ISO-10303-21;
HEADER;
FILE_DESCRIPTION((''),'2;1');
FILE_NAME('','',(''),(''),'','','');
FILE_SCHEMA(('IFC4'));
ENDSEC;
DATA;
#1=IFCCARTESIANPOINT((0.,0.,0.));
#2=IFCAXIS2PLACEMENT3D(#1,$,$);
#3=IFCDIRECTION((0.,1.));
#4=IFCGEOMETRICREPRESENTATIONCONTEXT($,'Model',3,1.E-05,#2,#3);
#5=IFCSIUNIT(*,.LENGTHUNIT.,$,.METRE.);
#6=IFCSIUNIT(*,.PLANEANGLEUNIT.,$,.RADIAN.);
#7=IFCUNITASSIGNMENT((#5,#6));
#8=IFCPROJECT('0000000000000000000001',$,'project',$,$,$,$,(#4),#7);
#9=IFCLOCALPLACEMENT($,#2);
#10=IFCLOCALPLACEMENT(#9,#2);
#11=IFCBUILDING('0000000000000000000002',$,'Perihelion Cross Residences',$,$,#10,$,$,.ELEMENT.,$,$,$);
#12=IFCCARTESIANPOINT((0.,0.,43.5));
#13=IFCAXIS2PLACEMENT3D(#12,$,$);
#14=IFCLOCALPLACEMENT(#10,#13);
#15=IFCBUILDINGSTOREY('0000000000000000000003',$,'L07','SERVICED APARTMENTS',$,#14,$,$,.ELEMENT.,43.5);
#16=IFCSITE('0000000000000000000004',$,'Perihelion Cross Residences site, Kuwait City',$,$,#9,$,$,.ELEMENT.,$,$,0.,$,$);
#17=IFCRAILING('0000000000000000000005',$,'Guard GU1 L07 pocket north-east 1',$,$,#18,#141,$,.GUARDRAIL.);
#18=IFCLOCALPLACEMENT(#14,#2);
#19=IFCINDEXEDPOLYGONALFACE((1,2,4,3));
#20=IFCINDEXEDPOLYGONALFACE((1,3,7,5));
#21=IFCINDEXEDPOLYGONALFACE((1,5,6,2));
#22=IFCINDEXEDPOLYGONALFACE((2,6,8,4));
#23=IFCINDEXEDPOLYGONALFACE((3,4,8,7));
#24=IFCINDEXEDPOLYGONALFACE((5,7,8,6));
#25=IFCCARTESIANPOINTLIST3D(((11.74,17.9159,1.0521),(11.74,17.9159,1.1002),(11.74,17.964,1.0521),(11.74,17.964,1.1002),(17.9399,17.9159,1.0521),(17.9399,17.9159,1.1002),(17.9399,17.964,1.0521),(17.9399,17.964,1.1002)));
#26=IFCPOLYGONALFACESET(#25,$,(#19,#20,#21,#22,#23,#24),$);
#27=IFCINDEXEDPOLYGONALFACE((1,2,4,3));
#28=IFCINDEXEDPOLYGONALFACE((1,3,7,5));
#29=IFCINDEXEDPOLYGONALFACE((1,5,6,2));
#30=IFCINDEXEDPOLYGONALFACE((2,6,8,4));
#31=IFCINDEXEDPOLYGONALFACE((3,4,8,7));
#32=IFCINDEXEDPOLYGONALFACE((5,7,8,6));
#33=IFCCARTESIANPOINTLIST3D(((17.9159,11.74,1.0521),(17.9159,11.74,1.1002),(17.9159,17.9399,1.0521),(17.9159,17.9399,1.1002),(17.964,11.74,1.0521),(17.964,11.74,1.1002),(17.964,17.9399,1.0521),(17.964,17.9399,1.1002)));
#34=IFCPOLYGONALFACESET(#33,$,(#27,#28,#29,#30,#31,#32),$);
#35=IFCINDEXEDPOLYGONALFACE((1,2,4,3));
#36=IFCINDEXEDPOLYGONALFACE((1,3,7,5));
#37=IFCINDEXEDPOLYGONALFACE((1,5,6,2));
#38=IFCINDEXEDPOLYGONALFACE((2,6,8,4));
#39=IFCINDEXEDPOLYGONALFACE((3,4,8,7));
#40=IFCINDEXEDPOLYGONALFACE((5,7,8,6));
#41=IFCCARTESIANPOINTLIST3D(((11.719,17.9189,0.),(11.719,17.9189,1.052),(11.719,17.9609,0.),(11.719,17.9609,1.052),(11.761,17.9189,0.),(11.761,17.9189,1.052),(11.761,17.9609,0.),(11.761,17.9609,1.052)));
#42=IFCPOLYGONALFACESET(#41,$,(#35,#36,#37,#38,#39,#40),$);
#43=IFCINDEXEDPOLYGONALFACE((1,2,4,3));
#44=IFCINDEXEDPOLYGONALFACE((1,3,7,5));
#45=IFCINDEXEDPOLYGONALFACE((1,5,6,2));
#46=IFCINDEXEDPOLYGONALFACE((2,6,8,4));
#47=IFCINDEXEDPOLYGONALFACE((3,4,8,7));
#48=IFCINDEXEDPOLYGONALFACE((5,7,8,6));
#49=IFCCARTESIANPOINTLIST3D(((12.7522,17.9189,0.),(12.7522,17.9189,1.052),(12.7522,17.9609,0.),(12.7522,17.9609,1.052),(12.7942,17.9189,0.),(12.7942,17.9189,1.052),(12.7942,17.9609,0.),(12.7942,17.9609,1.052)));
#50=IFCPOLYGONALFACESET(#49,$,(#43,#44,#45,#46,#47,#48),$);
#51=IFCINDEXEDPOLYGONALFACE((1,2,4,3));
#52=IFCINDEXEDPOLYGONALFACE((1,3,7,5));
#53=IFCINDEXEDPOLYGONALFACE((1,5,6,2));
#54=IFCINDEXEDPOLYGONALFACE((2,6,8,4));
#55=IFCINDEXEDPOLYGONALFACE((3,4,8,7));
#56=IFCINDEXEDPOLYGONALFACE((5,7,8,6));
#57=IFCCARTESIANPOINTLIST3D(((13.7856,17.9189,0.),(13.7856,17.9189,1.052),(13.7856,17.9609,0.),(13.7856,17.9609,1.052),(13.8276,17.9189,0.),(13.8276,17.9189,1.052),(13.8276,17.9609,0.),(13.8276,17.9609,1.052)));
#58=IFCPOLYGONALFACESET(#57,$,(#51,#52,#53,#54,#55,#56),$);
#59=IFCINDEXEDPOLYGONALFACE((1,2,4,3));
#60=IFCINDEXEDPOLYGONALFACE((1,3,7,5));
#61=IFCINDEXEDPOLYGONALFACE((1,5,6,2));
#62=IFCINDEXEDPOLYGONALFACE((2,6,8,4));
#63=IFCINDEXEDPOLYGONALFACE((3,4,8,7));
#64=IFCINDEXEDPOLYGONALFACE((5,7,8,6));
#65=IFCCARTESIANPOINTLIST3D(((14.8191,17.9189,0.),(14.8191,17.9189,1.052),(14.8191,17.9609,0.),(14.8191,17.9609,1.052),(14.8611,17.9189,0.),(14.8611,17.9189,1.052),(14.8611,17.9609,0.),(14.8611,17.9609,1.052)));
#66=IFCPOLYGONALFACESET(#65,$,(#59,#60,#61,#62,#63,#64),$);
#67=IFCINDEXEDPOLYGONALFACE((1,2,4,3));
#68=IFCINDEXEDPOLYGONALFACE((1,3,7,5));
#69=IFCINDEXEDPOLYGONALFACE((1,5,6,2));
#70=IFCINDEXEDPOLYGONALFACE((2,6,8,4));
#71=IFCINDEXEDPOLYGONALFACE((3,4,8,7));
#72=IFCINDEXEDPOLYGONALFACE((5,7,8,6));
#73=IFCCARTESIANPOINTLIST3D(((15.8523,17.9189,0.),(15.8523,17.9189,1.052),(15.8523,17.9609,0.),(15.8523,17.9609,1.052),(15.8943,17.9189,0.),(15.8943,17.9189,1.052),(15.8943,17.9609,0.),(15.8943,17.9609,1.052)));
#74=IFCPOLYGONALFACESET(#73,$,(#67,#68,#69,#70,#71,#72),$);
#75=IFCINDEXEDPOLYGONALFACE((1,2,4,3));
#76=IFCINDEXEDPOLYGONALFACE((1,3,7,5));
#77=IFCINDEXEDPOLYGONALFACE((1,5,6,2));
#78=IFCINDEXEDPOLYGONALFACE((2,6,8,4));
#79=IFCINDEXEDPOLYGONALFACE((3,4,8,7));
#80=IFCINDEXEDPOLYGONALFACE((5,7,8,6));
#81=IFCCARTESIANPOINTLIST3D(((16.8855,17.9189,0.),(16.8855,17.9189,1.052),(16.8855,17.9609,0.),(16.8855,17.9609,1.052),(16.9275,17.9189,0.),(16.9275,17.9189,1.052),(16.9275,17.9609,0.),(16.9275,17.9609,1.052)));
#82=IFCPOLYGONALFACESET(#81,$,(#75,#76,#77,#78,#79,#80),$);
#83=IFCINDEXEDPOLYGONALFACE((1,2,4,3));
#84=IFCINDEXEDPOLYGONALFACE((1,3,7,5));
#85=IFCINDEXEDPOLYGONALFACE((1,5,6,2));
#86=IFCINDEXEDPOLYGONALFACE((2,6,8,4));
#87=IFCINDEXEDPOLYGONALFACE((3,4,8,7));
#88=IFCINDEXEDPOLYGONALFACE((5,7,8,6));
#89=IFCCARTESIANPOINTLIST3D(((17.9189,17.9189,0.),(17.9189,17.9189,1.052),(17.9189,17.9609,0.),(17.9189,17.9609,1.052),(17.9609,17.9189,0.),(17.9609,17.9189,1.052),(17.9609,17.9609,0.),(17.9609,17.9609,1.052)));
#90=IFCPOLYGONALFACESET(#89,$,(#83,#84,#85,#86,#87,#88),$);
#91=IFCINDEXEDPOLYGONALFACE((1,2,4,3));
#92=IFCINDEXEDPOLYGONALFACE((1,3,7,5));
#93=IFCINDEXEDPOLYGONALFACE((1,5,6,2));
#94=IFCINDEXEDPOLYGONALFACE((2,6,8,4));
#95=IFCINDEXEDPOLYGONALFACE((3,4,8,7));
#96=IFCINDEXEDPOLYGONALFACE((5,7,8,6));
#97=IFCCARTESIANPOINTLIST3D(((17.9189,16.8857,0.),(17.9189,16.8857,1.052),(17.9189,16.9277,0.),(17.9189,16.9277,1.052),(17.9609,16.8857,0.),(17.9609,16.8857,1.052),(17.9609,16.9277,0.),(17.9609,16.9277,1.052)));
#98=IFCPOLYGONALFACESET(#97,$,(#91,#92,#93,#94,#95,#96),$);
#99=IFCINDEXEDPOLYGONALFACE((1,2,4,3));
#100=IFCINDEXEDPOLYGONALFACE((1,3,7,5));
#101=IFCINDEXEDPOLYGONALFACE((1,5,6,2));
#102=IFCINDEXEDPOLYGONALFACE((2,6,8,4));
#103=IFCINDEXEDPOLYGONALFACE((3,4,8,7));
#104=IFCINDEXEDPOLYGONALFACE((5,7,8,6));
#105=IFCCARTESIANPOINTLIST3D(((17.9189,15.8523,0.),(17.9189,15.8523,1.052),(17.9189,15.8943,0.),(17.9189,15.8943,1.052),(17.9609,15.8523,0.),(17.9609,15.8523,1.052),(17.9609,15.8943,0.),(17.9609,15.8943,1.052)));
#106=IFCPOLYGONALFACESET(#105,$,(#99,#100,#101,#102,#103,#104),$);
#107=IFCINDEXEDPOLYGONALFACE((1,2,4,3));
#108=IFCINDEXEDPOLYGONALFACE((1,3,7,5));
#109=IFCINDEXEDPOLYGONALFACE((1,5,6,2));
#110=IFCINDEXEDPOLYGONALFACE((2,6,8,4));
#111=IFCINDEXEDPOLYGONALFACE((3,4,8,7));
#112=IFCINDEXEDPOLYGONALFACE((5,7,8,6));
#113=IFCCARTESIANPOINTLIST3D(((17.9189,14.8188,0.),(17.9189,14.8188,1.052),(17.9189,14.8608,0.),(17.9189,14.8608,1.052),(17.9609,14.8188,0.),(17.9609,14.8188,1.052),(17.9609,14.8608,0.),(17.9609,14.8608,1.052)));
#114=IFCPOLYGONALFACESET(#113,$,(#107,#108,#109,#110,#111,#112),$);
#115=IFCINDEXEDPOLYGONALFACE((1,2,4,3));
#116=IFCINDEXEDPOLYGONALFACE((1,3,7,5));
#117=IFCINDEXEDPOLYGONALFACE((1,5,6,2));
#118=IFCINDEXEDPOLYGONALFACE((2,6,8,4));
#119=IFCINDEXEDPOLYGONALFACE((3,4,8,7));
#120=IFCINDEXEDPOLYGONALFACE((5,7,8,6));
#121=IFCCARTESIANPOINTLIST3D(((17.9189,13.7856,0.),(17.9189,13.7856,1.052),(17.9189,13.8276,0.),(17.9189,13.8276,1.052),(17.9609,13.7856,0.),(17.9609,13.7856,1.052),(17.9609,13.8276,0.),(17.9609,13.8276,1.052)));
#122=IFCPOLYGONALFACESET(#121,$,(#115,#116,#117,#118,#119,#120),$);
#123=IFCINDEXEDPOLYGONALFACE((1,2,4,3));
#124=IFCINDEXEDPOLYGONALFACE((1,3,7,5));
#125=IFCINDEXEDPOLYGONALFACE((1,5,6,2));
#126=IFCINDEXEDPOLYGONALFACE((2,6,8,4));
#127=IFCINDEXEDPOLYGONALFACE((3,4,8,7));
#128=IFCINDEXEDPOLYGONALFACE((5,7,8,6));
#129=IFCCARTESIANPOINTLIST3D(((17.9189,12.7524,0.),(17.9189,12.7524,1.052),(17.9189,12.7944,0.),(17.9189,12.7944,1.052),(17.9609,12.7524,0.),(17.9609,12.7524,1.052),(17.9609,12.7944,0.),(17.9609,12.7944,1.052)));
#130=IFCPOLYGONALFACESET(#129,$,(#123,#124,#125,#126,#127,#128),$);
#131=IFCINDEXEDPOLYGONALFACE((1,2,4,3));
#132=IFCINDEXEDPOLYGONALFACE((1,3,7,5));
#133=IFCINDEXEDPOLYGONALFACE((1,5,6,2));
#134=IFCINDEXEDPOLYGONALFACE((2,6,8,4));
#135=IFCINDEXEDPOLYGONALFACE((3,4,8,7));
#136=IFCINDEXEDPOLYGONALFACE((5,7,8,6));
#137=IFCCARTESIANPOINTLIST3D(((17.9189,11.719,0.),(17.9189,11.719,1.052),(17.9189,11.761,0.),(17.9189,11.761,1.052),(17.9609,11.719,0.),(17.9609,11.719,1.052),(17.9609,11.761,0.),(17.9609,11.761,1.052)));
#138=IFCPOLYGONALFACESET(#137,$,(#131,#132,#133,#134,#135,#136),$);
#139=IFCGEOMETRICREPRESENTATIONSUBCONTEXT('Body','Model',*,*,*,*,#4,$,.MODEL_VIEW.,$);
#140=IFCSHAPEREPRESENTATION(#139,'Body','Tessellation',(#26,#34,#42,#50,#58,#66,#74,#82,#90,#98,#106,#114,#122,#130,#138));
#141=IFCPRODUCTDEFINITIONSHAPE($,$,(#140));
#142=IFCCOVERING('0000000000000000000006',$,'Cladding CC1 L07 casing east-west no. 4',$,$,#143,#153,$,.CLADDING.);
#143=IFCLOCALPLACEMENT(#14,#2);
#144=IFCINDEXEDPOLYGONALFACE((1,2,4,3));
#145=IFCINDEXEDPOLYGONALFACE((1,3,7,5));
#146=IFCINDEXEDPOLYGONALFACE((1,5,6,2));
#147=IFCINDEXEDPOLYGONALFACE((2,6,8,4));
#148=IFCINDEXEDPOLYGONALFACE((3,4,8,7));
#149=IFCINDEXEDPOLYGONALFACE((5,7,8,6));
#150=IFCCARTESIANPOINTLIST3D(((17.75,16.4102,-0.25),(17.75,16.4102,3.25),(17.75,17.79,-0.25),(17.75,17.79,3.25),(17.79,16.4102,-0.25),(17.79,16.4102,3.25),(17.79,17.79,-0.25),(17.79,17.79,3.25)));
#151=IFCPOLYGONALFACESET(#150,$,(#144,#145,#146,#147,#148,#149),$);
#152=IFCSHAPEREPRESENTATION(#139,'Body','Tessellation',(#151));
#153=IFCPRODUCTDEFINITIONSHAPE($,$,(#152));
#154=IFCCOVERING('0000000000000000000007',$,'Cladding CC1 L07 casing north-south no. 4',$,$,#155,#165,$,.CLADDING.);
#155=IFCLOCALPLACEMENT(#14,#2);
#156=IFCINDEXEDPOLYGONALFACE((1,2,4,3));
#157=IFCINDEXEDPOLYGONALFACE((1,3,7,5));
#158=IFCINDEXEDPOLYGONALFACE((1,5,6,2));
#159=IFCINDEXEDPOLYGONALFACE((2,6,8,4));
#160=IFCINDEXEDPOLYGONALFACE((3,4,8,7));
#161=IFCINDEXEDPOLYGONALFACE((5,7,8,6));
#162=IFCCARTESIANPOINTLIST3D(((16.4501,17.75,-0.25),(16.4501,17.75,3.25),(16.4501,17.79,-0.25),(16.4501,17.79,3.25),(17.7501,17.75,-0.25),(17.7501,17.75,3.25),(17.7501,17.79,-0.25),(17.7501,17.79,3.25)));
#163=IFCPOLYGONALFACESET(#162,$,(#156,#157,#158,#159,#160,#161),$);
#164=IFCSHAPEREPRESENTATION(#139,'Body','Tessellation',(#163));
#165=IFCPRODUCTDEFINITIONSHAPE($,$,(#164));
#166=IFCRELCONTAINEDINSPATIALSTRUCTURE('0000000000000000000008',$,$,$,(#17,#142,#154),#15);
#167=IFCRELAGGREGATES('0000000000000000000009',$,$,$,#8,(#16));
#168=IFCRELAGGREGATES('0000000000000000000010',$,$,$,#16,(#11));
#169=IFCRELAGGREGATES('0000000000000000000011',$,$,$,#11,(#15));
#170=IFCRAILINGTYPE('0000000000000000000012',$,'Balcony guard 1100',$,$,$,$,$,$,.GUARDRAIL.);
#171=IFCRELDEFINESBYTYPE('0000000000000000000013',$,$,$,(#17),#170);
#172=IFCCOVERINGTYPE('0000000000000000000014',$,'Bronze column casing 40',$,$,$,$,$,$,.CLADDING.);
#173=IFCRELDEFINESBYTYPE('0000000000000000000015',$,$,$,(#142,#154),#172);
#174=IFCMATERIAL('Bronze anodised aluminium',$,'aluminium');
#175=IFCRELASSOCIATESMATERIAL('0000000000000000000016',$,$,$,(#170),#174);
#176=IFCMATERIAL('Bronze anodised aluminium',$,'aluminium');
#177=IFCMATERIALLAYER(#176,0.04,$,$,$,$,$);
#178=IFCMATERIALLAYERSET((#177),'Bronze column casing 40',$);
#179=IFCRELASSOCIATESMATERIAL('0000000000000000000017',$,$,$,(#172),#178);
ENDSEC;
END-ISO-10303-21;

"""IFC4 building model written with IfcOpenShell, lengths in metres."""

from ifc_helpers import new_model, si_unit, direction, frame, origin, origin_2d, place, context, subcontext, project, spatial, rectangle, extrude, material, layer, layer_set, type_object, element, save


model = new_model("IFC4")

# Units and contexts
model_context = context("Model", 3, precision=1e-05, world=origin(), true_north=direction((0.0, 1.0)))
body_context = subcontext(model_context, "Body", "Model", "MODEL_VIEW")
ifc_project = project(units=[si_unit("LENGTHUNIT", "METRE"), si_unit("PLANEANGLEUNIT", "RADIAN")], contexts=[model_context])

# Site, building, storey
site_placement = place(None, origin())
site = spatial("IfcSite", under=ifc_project, at=site_placement, Name="Perihelion Cross Residences site, Kuwait City", CompositionType="ELEMENT", RefElevation=0.0)
building_placement = place(site_placement, origin())
building = spatial("IfcBuilding", under=site, at=building_placement, Name="Perihelion Cross Residences", CompositionType="ELEMENT")
storey_placement = place(building_placement, frame((0.0, 0.0, 43.5)))
storey = spatial("IfcBuildingStorey", under=building, at=storey_placement, Name="L07", Description="SERVICED APARTMENTS", CompositionType="ELEMENT", Elevation=43.5)

# Railing
ifc_material_1 = material(Name="Bronze anodised aluminium", Category="aluminium")
railing_type = type_object("IfcRailingType", Name="Balcony guard 1100", PredefinedType="GUARDRAIL", material=ifc_material_1)
railing_1_placement = place(storey_placement, frame((11.74, 17.9399, 0.0)))
element("IfcRailing", 1, at=railing_1_placement, inside=storey, type_object=railing_type, Name="Guard GU1 L07 pocket north-east 1", PredefinedType="GUARDRAIL", context=body_context, shape_type="SweptSolid", body=[
    extrude(rectangle(XDim=0.0481, YDim=0.0481, at=origin_2d()), frame((0.0, 0.0, 1.0762), z_axis=(1.0, 0.0, 0.0), x_axis=(0.0, 1.0, 0.0)), (0.0, 0.0, 1.0), 6.2),
    extrude(rectangle(XDim=0.0481, YDim=0.0481, at=origin_2d()), frame((6.2, 0.0, 1.0762), z_axis=(0.0, -1.0, 0.0), x_axis=(1.0, 0.0, 0.0)), (0.0, 0.0, 1.0), 6.2),
    extrude(rectangle(XDim=0.042, YDim=0.042, at=origin_2d()), origin(), (0.0, 0.0, 1.0), 1.052),
    extrude(rectangle(XDim=0.042, YDim=0.042, at=origin_2d()), frame((1.0332, 0.0, 0.0)), (0.0, 0.0, 1.0), 1.052),
    extrude(rectangle(XDim=0.042, YDim=0.042, at=origin_2d()), frame((2.0667, 0.0, 0.0)), (0.0, 0.0, 1.0), 1.052),
    extrude(rectangle(XDim=0.042, YDim=0.042, at=origin_2d()), frame((3.1001, 0.0, 0.0)), (0.0, 0.0, 1.0), 1.052),
    extrude(rectangle(XDim=0.042, YDim=0.042, at=origin_2d()), frame((4.1333, 0.0, 0.0)), (0.0, 0.0, 1.0), 1.052),
    extrude(rectangle(XDim=0.042, YDim=0.042, at=origin_2d()), frame((5.1665, 0.0, 0.0)), (0.0, 0.0, 1.0), 1.052),
    extrude(rectangle(XDim=0.042, YDim=0.042, at=origin_2d()), frame((6.2, 0.0, 0.0)), (0.0, 0.0, 1.0), 1.052),
    extrude(rectangle(XDim=0.042, YDim=0.042, at=origin_2d()), frame((6.2, -1.0332, 0.0)), (0.0, 0.0, 1.0), 1.052),
    extrude(rectangle(XDim=0.042, YDim=0.042, at=origin_2d()), frame((6.2, -2.0667, 0.0)), (0.0, 0.0, 1.0), 1.052),
    extrude(rectangle(XDim=0.042, YDim=0.042, at=origin_2d()), frame((6.2, -3.1001, 0.0)), (0.0, 0.0, 1.0), 1.052),
    extrude(rectangle(XDim=0.042, YDim=0.042, at=origin_2d()), frame((6.2, -4.1333, 0.0)), (0.0, 0.0, 1.0), 1.052),
    extrude(rectangle(XDim=0.042, YDim=0.042, at=origin_2d()), frame((6.2, -5.1665, 0.0)), (0.0, 0.0, 1.0), 1.052),
    extrude(rectangle(XDim=0.042, YDim=0.042, at=origin_2d()), frame((6.2, -6.2, 0.0)), (0.0, 0.0, 1.0), 1.052),
])

# Coverings
ifc_material_2 = material(Name="Bronze anodised aluminium", Category="aluminium")
ifc_layer_1 = layer(ifc_material_2, 0.04)
ifc_layer_set_1 = layer_set([ifc_layer_1], Name="Bronze column casing 40")
covering_type = type_object("IfcCoveringType", Name="Bronze column casing 40", PredefinedType="CLADDING", material=ifc_layer_set_1)
covering_1_placement = place(storey_placement, frame((17.77, 17.1001, -0.25), z_axis=(0.0, 0.0, 1.0), x_axis=(1.0, 0.0, 0.0)))
element("IfcCovering", 2, at=covering_1_placement, inside=storey, type_object=covering_type, Name="Cladding CC1 L07 casing east-west no. 4", PredefinedType="CLADDING", context=body_context, shape_type="SweptSolid", body=[
    extrude(rectangle(XDim=0.04, YDim=1.3799, at=origin_2d()), origin(), (0.0, 0.0, 1.0), 3.5),
])
covering_2_placement = place(storey_placement, frame((17.1001, 17.77, -0.25), z_axis=(0.0, 0.0, 1.0), x_axis=(1.0, 0.0, 0.0)))
element("IfcCovering", 3, at=covering_2_placement, inside=storey, type_object=covering_type, Name="Cladding CC1 L07 casing north-south no. 4", PredefinedType="CLADDING", context=body_context, shape_type="SweptSolid", body=[
    extrude(rectangle(XDim=1.3, YDim=0.04, at=origin_2d()), origin(), (0.0, 0.0, 1.0), 3.5),
])

save(model, "model.ifc")
